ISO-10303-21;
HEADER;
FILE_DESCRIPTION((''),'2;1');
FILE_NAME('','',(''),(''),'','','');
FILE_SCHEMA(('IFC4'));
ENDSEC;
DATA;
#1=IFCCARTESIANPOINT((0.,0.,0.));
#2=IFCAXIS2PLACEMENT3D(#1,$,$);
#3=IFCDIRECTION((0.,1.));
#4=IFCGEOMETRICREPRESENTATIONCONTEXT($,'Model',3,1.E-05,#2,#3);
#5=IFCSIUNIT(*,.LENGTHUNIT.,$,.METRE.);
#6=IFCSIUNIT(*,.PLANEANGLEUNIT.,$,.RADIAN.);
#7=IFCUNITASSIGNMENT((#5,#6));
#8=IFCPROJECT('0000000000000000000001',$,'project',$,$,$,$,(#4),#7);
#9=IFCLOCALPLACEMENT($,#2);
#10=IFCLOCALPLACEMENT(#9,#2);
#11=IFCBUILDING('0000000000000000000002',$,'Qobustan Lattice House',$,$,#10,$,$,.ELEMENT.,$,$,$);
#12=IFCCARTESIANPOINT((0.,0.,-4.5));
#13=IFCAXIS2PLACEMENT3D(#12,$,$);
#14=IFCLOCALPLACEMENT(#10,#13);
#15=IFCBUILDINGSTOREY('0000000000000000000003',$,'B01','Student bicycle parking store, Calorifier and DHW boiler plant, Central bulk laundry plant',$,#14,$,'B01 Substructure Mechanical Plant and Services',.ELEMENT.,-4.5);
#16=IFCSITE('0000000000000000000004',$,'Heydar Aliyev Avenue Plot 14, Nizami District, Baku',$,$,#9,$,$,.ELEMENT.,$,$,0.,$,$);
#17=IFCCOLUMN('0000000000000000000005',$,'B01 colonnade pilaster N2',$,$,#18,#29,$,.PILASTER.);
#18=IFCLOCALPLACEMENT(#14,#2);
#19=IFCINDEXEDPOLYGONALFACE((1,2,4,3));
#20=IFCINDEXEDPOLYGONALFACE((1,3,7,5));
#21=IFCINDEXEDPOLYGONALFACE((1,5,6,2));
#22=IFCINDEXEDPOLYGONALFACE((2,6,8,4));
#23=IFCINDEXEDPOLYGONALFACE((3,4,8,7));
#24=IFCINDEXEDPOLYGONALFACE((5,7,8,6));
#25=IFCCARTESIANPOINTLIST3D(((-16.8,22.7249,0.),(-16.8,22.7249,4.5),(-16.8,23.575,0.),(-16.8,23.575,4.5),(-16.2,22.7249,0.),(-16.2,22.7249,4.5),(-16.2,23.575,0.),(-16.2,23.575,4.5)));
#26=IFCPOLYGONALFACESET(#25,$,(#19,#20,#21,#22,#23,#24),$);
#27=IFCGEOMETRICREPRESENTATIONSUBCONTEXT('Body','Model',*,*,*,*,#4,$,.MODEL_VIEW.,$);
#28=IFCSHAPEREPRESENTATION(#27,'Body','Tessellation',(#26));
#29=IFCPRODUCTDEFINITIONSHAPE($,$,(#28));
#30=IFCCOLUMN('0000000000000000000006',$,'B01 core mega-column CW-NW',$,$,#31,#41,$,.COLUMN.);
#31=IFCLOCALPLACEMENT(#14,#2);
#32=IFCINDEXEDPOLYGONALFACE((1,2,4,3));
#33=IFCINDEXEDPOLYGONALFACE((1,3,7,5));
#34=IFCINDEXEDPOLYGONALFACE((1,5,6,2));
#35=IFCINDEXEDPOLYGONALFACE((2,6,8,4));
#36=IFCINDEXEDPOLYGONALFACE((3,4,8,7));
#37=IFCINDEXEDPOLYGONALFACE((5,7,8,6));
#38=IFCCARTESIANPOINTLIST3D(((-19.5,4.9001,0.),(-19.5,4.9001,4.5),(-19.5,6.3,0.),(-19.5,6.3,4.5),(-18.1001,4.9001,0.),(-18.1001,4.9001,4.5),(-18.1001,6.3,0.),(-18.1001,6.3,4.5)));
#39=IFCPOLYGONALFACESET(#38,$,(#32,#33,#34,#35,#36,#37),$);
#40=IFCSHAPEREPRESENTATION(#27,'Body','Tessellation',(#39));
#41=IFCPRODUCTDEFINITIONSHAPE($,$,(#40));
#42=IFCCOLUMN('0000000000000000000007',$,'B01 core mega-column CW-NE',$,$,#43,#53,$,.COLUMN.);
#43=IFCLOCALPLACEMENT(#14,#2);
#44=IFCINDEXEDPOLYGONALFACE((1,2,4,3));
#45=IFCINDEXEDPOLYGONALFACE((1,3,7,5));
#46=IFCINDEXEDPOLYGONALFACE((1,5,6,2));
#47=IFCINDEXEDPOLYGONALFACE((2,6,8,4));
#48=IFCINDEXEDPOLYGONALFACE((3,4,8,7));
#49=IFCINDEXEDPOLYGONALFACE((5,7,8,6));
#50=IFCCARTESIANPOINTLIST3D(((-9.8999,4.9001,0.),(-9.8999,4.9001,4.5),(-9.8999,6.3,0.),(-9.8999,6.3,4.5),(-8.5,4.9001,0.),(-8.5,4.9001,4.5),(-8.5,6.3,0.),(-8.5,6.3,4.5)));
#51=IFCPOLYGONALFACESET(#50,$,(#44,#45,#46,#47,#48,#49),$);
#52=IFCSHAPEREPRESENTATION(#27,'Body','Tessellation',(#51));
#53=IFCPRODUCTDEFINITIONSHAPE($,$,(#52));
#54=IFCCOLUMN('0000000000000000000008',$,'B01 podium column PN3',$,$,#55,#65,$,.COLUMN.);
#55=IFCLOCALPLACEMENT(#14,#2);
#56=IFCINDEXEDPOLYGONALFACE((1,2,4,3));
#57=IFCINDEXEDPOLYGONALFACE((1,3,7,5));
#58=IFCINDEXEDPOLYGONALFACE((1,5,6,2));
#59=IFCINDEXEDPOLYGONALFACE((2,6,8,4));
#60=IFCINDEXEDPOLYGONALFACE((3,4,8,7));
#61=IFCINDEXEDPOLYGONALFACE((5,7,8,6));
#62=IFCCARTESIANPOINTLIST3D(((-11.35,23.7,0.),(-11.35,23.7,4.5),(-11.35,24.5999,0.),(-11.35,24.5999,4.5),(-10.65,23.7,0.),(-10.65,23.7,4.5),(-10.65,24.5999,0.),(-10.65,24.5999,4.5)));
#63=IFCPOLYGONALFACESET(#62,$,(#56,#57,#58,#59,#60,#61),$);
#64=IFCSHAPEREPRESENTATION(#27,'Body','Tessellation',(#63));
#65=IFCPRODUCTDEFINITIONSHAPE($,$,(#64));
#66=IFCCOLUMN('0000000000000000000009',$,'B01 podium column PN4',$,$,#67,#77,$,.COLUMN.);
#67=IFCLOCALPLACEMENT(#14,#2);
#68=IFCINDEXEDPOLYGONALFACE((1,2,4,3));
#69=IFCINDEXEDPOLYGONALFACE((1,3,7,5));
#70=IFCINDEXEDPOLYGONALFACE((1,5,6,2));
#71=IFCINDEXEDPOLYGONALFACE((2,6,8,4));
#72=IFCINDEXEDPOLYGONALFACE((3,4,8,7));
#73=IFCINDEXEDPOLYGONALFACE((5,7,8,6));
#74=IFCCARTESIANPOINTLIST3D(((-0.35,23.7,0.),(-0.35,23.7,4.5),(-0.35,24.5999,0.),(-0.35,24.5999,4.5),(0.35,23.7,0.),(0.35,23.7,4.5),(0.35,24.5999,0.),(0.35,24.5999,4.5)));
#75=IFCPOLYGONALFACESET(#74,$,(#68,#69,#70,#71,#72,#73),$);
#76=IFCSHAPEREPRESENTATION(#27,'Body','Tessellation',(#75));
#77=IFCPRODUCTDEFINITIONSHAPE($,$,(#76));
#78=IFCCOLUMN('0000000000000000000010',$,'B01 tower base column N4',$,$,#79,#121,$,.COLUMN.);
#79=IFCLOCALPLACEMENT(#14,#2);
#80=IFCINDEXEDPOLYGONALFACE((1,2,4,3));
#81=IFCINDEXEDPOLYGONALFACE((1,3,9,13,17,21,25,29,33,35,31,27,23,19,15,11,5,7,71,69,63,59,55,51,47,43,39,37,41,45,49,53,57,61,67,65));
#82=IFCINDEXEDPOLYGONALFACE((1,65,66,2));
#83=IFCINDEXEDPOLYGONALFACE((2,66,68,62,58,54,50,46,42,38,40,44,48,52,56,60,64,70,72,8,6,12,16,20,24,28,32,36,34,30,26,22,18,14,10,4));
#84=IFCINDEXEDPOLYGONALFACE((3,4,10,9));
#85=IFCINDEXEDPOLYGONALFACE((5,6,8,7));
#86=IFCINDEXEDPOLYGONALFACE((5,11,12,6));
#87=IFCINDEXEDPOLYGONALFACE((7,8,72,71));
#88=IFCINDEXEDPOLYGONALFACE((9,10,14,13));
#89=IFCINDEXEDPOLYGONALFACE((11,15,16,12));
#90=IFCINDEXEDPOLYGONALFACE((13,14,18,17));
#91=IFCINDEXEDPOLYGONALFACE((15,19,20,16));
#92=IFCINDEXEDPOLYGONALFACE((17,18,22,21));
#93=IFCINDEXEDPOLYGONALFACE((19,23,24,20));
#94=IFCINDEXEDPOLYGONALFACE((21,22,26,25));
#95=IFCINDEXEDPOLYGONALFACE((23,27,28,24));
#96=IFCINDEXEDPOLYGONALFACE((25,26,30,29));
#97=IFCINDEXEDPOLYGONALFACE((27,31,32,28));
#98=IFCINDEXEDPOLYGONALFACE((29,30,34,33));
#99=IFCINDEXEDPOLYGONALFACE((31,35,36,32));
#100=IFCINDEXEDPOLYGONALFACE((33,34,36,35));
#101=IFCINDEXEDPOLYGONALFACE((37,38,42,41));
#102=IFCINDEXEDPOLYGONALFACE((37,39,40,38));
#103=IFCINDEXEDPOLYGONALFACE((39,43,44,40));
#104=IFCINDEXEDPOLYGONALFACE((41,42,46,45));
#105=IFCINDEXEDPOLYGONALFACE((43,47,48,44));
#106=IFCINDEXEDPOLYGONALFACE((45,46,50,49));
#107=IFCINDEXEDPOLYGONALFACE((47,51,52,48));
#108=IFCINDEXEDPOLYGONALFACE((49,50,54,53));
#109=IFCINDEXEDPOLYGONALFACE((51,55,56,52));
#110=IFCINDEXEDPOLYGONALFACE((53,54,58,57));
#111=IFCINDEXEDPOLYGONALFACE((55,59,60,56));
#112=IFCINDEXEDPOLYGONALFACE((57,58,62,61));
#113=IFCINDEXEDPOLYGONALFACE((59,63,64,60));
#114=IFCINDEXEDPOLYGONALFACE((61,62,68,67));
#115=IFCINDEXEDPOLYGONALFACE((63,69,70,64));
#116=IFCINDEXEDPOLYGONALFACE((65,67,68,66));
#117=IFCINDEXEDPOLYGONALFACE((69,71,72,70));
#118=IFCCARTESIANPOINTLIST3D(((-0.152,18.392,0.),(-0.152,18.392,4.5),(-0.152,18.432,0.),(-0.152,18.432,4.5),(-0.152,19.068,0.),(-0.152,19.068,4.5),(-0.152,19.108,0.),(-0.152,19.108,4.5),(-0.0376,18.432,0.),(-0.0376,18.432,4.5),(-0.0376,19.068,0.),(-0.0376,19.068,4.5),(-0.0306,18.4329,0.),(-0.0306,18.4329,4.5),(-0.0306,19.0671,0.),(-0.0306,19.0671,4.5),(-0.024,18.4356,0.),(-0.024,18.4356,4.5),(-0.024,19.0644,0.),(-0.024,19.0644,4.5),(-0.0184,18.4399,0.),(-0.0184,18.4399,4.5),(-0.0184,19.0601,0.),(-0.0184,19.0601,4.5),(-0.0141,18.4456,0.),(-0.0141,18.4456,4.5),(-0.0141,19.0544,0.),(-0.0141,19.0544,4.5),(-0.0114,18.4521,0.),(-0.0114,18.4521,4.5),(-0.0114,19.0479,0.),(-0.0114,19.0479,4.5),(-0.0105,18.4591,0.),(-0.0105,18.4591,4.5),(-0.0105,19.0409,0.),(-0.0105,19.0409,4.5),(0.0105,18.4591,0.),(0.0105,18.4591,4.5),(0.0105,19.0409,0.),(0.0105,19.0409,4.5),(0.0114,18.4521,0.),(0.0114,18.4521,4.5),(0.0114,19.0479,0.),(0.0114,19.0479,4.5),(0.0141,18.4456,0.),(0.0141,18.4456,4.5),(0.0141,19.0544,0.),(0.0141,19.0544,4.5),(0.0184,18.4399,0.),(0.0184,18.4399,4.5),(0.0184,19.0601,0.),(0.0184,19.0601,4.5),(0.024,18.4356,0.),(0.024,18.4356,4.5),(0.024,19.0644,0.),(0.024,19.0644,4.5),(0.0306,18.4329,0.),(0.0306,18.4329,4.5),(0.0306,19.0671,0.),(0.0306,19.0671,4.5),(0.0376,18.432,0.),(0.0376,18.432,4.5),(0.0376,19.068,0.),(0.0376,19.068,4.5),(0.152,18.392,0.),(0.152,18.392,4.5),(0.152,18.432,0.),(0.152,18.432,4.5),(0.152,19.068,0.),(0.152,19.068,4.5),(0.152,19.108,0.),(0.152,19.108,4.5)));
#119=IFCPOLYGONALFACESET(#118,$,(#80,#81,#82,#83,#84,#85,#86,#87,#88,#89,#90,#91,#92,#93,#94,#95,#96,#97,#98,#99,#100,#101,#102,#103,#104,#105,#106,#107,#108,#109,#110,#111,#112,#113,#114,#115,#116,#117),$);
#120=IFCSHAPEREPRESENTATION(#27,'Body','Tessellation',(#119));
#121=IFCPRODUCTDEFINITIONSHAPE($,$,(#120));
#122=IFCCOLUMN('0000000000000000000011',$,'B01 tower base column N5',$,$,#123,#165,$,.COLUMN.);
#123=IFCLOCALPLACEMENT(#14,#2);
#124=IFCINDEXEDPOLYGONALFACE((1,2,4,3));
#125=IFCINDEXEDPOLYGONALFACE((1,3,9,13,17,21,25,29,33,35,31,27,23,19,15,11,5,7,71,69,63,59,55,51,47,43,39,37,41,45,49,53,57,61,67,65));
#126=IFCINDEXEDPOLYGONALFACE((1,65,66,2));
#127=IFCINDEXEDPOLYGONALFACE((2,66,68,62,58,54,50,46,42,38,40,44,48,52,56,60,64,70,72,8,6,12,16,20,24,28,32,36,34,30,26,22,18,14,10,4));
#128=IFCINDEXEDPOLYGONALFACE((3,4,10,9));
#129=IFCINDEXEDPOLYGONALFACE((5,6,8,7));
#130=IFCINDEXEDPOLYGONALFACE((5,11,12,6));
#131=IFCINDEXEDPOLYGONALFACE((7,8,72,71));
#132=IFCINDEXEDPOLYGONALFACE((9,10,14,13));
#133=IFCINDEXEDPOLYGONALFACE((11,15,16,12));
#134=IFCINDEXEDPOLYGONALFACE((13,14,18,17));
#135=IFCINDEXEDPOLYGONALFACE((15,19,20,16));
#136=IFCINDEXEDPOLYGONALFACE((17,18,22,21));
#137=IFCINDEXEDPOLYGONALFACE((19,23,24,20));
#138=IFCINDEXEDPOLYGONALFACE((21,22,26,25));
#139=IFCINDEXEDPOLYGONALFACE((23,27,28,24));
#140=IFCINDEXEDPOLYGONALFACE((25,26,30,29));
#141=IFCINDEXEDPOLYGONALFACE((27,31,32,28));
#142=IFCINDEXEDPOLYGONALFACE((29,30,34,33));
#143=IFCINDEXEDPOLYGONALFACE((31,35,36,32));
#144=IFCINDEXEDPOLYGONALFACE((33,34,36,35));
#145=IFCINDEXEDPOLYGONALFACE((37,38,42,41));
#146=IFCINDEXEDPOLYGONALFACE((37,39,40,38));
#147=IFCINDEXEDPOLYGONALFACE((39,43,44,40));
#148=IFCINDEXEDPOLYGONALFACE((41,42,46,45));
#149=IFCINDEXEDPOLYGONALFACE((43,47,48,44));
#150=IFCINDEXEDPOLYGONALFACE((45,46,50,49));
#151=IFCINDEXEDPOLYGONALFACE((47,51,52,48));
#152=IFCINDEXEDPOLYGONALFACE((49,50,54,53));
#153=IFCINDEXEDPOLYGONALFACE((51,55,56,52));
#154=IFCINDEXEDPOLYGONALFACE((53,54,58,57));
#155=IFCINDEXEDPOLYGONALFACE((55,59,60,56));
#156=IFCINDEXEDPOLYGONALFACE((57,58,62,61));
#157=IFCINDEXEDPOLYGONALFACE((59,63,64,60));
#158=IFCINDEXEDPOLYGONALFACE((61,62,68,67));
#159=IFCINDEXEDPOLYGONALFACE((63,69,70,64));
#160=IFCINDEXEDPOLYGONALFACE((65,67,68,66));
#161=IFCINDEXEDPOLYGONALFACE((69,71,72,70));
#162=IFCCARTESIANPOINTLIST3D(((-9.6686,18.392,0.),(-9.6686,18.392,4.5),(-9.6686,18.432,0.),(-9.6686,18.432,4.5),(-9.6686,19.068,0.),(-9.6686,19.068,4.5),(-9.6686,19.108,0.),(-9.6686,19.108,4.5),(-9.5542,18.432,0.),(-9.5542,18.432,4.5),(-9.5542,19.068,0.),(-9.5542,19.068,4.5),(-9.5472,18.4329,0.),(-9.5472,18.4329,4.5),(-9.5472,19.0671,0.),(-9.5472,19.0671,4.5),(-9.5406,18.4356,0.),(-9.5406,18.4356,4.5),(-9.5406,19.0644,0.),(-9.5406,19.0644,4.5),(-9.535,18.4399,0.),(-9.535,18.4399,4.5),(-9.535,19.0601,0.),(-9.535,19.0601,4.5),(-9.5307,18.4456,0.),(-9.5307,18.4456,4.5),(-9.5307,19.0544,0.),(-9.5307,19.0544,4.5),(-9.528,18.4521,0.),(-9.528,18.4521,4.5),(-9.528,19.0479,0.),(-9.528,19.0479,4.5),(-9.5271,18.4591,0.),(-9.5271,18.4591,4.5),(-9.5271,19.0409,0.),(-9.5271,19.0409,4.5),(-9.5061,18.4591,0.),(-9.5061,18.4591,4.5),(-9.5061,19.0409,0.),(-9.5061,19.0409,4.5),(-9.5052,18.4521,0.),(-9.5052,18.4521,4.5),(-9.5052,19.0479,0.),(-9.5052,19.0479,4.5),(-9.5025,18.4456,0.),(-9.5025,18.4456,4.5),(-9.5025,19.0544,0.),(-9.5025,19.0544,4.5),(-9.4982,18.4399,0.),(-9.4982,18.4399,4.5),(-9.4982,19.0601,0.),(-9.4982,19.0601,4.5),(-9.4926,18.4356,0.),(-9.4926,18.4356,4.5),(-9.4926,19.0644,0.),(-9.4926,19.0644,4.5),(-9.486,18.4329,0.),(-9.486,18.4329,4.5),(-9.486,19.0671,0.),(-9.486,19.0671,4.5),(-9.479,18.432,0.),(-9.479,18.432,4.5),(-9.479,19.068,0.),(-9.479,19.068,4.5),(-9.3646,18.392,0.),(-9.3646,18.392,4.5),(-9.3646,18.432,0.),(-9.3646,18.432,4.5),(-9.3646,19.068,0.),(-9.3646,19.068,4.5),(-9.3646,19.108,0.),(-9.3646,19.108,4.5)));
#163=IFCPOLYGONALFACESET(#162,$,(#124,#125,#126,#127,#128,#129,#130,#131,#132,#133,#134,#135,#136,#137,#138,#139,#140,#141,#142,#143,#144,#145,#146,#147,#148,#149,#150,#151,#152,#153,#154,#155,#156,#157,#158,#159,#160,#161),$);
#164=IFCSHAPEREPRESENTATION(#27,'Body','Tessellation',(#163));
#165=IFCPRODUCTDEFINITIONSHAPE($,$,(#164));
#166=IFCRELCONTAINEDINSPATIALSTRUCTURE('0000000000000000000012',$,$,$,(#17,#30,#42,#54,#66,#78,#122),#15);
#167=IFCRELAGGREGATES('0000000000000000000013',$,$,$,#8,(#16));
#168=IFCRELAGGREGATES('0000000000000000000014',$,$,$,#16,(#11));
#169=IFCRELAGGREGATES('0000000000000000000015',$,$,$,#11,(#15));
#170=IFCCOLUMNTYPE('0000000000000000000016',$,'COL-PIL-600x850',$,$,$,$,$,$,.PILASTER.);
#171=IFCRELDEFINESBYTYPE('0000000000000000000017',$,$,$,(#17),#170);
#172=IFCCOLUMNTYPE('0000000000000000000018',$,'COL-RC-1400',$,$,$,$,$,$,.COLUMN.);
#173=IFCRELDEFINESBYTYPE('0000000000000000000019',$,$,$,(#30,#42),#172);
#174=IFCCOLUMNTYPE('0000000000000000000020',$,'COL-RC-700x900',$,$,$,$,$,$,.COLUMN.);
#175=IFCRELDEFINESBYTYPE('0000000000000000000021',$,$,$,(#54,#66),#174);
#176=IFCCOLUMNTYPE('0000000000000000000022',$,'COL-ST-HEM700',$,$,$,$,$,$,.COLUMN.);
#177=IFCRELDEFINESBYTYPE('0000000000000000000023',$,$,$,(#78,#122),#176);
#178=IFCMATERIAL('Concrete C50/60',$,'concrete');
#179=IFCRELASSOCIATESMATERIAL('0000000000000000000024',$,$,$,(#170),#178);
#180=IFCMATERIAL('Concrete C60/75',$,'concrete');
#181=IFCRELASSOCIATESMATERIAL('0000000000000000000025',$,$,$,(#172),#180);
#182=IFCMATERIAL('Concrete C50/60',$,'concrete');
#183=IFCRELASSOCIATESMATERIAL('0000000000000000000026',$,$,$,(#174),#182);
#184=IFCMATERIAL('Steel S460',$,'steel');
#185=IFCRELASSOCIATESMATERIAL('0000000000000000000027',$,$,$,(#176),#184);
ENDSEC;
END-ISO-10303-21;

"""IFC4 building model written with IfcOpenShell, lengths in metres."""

from ifc_helpers import new_model, si_unit, direction, frame, origin, origin_2d, place, context, subcontext, project, spatial, rectangle, i_section, extrude, material, material_profile, profile_set, type_object, element, save


model = new_model("IFC4")

# Units and contexts
model_context = context("Model", 3, precision=1e-05, world=origin(), true_north=direction((0.0, 1.0)))
body_context = subcontext(model_context, "Body", "Model", "MODEL_VIEW")
ifc_project = project(units=[si_unit("LENGTHUNIT", "METRE"), si_unit("PLANEANGLEUNIT", "RADIAN")], contexts=[model_context])

# Site, building, storey
site_placement = place(None, origin())
site = spatial("IfcSite", under=ifc_project, at=site_placement, Name="Heydar Aliyev Avenue Plot 14, Nizami District, Baku", CompositionType="ELEMENT", RefElevation=0.0)
building_placement = place(site_placement, origin())
building = spatial("IfcBuilding", under=site, at=building_placement, Name="Qobustan Lattice House", CompositionType="ELEMENT")
storey_placement = place(building_placement, frame((0.0, 0.0, -4.5)))
storey = spatial("IfcBuildingStorey", under=building, at=storey_placement, Name="B01", Description="Student bicycle parking store, Calorifier and DHW boiler plant, Central bulk laundry plant", LongName="B01 Substructure Mechanical Plant and Services", CompositionType="ELEMENT", Elevation=-4.5)

# Columns
ifc_material_1 = material(Name="Concrete C50/60", Category="concrete")
ifc_material_profile_1 = material_profile(ifc_material_1, rectangle(XDim=0.6001, YDim=0.8501, at=origin_2d()), Name="RC600x850")
ifc_profile_set_1 = profile_set([ifc_material_profile_1], Name="Concrete C50/60")
column_type_1 = type_object("IfcColumnType", Name="COL-PIL-600x850", PredefinedType="PILASTER", material=ifc_profile_set_1)
column_placement = place(storey_placement, frame((-16.5, 23.1499, 0.0), z_axis=(0.0, 0.0, 1.0), x_axis=(1.0, 0.0, 0.0)))
element("IfcColumn", 1, at=column_placement, inside=storey, type_object=column_type_1, Name="B01 colonnade pilaster N2", PredefinedType="PILASTER", context=body_context, shape_type="SweptSolid", body=[
    extrude(rectangle(XDim=0.6001, YDim=0.8501, at=origin_2d()), origin(), (0.0, 0.0, 1.0), 4.5),
])
ifc_material_2 = material(Name="Concrete C60/75", Category="concrete")
ifc_material_profile_2 = material_profile(ifc_material_2, rectangle(XDim=1.3999, YDim=1.3999, at=origin_2d()), Name="RC1400x1400")
ifc_profile_set_2 = profile_set([ifc_material_profile_2], Name="Concrete C60/75")
column_type_2 = type_object("IfcColumnType", Name="COL-RC-1400", PredefinedType="COLUMN", material=ifc_profile_set_2)
for number, where, z_axis, x_axis, name in (
    (2, (-18.8, 5.6001, 0.0), (0.0, 0.0, 1.0), (1.0, 0.0, 0.0), "B01 core mega-column CW-NW"),
    (3, (-9.2, 5.6001, 0.0), (0.0, 0.0, 1.0), (1.0, 0.0, 0.0), "B01 core mega-column CW-NE"),
):
    element("IfcColumn", number, at=place(storey_placement, frame(where, z_axis=z_axis, x_axis=x_axis)), inside=storey, type_object=column_type_2, Name=name, PredefinedType="COLUMN", context=body_context, shape_type="SweptSolid", body=[
        extrude(rectangle(XDim=1.3999, YDim=1.3999, at=origin_2d()), origin(), (0.0, 0.0, 1.0), 4.5),
    ])
ifc_material_3 = material(Name="Concrete C50/60", Category="concrete")
ifc_material_profile_3 = material_profile(ifc_material_3, rectangle(XDim=0.7, YDim=0.8999, at=origin_2d()), Name="RC700x900")
ifc_profile_set_3 = profile_set([ifc_material_profile_3], Name="Concrete C50/60")
column_type_3 = type_object("IfcColumnType", Name="COL-RC-700x900", PredefinedType="COLUMN", material=ifc_profile_set_3)
for number, where, z_axis, x_axis, name in (
    (4, (-11.0, 24.1499, 0.0), (0.0, 0.0, 1.0), (1.0, 0.0, 0.0), "B01 podium column PN3"),
    (5, (0.0, 24.1499, 0.0), (0.0, 0.0, 1.0), (1.0, 0.0, 0.0), "B01 podium column PN4"),
):
    element("IfcColumn", number, at=place(storey_placement, frame(where, z_axis=z_axis, x_axis=x_axis)), inside=storey, type_object=column_type_3, Name=name, PredefinedType="COLUMN", context=body_context, shape_type="SweptSolid", body=[
        extrude(rectangle(XDim=0.7, YDim=0.8999, at=origin_2d()), origin(), (0.0, 0.0, 1.0), 4.5),
    ])
ifc_material_4 = material(Name="Steel S460", Category="steel")
ifc_material_profile_4 = material_profile(ifc_material_4, i_section(OverallWidth=0.304, OverallDepth=0.7161, WebThickness=0.021, FlangeThickness=0.04, FilletRadius=0.0271, at=origin_2d()), Name="HEM700")
ifc_profile_set_4 = profile_set([ifc_material_profile_4], Name="Steel S460")
column_type_4 = type_object("IfcColumnType", Name="COL-ST-HEM700", PredefinedType="COLUMN", material=ifc_profile_set_4)
for number, where, z_axis, x_axis, name in (
    (6, (0.0, 18.75, 0.0), (0.0, 0.0, 1.0), (1.0, 0.0, 0.0), "B01 tower base column N4"),
    (7, (-9.5166, 18.75, 0.0), (0.0, 0.0, 1.0), (1.0, 0.0, 0.0), "B01 tower base column N5"),
):
    element("IfcColumn", number, at=place(storey_placement, frame(where, z_axis=z_axis, x_axis=x_axis)), inside=storey, type_object=column_type_4, Name=name, PredefinedType="COLUMN", context=body_context, shape_type="SweptSolid", body=[
        extrude(i_section(OverallWidth=0.304, OverallDepth=0.7161, WebThickness=0.021, FlangeThickness=0.04, FilletRadius=0.0271, at=origin_2d()), origin(), (0.0, 0.0, 1.0), 4.5),
    ])

save(model, "model.ifc")
